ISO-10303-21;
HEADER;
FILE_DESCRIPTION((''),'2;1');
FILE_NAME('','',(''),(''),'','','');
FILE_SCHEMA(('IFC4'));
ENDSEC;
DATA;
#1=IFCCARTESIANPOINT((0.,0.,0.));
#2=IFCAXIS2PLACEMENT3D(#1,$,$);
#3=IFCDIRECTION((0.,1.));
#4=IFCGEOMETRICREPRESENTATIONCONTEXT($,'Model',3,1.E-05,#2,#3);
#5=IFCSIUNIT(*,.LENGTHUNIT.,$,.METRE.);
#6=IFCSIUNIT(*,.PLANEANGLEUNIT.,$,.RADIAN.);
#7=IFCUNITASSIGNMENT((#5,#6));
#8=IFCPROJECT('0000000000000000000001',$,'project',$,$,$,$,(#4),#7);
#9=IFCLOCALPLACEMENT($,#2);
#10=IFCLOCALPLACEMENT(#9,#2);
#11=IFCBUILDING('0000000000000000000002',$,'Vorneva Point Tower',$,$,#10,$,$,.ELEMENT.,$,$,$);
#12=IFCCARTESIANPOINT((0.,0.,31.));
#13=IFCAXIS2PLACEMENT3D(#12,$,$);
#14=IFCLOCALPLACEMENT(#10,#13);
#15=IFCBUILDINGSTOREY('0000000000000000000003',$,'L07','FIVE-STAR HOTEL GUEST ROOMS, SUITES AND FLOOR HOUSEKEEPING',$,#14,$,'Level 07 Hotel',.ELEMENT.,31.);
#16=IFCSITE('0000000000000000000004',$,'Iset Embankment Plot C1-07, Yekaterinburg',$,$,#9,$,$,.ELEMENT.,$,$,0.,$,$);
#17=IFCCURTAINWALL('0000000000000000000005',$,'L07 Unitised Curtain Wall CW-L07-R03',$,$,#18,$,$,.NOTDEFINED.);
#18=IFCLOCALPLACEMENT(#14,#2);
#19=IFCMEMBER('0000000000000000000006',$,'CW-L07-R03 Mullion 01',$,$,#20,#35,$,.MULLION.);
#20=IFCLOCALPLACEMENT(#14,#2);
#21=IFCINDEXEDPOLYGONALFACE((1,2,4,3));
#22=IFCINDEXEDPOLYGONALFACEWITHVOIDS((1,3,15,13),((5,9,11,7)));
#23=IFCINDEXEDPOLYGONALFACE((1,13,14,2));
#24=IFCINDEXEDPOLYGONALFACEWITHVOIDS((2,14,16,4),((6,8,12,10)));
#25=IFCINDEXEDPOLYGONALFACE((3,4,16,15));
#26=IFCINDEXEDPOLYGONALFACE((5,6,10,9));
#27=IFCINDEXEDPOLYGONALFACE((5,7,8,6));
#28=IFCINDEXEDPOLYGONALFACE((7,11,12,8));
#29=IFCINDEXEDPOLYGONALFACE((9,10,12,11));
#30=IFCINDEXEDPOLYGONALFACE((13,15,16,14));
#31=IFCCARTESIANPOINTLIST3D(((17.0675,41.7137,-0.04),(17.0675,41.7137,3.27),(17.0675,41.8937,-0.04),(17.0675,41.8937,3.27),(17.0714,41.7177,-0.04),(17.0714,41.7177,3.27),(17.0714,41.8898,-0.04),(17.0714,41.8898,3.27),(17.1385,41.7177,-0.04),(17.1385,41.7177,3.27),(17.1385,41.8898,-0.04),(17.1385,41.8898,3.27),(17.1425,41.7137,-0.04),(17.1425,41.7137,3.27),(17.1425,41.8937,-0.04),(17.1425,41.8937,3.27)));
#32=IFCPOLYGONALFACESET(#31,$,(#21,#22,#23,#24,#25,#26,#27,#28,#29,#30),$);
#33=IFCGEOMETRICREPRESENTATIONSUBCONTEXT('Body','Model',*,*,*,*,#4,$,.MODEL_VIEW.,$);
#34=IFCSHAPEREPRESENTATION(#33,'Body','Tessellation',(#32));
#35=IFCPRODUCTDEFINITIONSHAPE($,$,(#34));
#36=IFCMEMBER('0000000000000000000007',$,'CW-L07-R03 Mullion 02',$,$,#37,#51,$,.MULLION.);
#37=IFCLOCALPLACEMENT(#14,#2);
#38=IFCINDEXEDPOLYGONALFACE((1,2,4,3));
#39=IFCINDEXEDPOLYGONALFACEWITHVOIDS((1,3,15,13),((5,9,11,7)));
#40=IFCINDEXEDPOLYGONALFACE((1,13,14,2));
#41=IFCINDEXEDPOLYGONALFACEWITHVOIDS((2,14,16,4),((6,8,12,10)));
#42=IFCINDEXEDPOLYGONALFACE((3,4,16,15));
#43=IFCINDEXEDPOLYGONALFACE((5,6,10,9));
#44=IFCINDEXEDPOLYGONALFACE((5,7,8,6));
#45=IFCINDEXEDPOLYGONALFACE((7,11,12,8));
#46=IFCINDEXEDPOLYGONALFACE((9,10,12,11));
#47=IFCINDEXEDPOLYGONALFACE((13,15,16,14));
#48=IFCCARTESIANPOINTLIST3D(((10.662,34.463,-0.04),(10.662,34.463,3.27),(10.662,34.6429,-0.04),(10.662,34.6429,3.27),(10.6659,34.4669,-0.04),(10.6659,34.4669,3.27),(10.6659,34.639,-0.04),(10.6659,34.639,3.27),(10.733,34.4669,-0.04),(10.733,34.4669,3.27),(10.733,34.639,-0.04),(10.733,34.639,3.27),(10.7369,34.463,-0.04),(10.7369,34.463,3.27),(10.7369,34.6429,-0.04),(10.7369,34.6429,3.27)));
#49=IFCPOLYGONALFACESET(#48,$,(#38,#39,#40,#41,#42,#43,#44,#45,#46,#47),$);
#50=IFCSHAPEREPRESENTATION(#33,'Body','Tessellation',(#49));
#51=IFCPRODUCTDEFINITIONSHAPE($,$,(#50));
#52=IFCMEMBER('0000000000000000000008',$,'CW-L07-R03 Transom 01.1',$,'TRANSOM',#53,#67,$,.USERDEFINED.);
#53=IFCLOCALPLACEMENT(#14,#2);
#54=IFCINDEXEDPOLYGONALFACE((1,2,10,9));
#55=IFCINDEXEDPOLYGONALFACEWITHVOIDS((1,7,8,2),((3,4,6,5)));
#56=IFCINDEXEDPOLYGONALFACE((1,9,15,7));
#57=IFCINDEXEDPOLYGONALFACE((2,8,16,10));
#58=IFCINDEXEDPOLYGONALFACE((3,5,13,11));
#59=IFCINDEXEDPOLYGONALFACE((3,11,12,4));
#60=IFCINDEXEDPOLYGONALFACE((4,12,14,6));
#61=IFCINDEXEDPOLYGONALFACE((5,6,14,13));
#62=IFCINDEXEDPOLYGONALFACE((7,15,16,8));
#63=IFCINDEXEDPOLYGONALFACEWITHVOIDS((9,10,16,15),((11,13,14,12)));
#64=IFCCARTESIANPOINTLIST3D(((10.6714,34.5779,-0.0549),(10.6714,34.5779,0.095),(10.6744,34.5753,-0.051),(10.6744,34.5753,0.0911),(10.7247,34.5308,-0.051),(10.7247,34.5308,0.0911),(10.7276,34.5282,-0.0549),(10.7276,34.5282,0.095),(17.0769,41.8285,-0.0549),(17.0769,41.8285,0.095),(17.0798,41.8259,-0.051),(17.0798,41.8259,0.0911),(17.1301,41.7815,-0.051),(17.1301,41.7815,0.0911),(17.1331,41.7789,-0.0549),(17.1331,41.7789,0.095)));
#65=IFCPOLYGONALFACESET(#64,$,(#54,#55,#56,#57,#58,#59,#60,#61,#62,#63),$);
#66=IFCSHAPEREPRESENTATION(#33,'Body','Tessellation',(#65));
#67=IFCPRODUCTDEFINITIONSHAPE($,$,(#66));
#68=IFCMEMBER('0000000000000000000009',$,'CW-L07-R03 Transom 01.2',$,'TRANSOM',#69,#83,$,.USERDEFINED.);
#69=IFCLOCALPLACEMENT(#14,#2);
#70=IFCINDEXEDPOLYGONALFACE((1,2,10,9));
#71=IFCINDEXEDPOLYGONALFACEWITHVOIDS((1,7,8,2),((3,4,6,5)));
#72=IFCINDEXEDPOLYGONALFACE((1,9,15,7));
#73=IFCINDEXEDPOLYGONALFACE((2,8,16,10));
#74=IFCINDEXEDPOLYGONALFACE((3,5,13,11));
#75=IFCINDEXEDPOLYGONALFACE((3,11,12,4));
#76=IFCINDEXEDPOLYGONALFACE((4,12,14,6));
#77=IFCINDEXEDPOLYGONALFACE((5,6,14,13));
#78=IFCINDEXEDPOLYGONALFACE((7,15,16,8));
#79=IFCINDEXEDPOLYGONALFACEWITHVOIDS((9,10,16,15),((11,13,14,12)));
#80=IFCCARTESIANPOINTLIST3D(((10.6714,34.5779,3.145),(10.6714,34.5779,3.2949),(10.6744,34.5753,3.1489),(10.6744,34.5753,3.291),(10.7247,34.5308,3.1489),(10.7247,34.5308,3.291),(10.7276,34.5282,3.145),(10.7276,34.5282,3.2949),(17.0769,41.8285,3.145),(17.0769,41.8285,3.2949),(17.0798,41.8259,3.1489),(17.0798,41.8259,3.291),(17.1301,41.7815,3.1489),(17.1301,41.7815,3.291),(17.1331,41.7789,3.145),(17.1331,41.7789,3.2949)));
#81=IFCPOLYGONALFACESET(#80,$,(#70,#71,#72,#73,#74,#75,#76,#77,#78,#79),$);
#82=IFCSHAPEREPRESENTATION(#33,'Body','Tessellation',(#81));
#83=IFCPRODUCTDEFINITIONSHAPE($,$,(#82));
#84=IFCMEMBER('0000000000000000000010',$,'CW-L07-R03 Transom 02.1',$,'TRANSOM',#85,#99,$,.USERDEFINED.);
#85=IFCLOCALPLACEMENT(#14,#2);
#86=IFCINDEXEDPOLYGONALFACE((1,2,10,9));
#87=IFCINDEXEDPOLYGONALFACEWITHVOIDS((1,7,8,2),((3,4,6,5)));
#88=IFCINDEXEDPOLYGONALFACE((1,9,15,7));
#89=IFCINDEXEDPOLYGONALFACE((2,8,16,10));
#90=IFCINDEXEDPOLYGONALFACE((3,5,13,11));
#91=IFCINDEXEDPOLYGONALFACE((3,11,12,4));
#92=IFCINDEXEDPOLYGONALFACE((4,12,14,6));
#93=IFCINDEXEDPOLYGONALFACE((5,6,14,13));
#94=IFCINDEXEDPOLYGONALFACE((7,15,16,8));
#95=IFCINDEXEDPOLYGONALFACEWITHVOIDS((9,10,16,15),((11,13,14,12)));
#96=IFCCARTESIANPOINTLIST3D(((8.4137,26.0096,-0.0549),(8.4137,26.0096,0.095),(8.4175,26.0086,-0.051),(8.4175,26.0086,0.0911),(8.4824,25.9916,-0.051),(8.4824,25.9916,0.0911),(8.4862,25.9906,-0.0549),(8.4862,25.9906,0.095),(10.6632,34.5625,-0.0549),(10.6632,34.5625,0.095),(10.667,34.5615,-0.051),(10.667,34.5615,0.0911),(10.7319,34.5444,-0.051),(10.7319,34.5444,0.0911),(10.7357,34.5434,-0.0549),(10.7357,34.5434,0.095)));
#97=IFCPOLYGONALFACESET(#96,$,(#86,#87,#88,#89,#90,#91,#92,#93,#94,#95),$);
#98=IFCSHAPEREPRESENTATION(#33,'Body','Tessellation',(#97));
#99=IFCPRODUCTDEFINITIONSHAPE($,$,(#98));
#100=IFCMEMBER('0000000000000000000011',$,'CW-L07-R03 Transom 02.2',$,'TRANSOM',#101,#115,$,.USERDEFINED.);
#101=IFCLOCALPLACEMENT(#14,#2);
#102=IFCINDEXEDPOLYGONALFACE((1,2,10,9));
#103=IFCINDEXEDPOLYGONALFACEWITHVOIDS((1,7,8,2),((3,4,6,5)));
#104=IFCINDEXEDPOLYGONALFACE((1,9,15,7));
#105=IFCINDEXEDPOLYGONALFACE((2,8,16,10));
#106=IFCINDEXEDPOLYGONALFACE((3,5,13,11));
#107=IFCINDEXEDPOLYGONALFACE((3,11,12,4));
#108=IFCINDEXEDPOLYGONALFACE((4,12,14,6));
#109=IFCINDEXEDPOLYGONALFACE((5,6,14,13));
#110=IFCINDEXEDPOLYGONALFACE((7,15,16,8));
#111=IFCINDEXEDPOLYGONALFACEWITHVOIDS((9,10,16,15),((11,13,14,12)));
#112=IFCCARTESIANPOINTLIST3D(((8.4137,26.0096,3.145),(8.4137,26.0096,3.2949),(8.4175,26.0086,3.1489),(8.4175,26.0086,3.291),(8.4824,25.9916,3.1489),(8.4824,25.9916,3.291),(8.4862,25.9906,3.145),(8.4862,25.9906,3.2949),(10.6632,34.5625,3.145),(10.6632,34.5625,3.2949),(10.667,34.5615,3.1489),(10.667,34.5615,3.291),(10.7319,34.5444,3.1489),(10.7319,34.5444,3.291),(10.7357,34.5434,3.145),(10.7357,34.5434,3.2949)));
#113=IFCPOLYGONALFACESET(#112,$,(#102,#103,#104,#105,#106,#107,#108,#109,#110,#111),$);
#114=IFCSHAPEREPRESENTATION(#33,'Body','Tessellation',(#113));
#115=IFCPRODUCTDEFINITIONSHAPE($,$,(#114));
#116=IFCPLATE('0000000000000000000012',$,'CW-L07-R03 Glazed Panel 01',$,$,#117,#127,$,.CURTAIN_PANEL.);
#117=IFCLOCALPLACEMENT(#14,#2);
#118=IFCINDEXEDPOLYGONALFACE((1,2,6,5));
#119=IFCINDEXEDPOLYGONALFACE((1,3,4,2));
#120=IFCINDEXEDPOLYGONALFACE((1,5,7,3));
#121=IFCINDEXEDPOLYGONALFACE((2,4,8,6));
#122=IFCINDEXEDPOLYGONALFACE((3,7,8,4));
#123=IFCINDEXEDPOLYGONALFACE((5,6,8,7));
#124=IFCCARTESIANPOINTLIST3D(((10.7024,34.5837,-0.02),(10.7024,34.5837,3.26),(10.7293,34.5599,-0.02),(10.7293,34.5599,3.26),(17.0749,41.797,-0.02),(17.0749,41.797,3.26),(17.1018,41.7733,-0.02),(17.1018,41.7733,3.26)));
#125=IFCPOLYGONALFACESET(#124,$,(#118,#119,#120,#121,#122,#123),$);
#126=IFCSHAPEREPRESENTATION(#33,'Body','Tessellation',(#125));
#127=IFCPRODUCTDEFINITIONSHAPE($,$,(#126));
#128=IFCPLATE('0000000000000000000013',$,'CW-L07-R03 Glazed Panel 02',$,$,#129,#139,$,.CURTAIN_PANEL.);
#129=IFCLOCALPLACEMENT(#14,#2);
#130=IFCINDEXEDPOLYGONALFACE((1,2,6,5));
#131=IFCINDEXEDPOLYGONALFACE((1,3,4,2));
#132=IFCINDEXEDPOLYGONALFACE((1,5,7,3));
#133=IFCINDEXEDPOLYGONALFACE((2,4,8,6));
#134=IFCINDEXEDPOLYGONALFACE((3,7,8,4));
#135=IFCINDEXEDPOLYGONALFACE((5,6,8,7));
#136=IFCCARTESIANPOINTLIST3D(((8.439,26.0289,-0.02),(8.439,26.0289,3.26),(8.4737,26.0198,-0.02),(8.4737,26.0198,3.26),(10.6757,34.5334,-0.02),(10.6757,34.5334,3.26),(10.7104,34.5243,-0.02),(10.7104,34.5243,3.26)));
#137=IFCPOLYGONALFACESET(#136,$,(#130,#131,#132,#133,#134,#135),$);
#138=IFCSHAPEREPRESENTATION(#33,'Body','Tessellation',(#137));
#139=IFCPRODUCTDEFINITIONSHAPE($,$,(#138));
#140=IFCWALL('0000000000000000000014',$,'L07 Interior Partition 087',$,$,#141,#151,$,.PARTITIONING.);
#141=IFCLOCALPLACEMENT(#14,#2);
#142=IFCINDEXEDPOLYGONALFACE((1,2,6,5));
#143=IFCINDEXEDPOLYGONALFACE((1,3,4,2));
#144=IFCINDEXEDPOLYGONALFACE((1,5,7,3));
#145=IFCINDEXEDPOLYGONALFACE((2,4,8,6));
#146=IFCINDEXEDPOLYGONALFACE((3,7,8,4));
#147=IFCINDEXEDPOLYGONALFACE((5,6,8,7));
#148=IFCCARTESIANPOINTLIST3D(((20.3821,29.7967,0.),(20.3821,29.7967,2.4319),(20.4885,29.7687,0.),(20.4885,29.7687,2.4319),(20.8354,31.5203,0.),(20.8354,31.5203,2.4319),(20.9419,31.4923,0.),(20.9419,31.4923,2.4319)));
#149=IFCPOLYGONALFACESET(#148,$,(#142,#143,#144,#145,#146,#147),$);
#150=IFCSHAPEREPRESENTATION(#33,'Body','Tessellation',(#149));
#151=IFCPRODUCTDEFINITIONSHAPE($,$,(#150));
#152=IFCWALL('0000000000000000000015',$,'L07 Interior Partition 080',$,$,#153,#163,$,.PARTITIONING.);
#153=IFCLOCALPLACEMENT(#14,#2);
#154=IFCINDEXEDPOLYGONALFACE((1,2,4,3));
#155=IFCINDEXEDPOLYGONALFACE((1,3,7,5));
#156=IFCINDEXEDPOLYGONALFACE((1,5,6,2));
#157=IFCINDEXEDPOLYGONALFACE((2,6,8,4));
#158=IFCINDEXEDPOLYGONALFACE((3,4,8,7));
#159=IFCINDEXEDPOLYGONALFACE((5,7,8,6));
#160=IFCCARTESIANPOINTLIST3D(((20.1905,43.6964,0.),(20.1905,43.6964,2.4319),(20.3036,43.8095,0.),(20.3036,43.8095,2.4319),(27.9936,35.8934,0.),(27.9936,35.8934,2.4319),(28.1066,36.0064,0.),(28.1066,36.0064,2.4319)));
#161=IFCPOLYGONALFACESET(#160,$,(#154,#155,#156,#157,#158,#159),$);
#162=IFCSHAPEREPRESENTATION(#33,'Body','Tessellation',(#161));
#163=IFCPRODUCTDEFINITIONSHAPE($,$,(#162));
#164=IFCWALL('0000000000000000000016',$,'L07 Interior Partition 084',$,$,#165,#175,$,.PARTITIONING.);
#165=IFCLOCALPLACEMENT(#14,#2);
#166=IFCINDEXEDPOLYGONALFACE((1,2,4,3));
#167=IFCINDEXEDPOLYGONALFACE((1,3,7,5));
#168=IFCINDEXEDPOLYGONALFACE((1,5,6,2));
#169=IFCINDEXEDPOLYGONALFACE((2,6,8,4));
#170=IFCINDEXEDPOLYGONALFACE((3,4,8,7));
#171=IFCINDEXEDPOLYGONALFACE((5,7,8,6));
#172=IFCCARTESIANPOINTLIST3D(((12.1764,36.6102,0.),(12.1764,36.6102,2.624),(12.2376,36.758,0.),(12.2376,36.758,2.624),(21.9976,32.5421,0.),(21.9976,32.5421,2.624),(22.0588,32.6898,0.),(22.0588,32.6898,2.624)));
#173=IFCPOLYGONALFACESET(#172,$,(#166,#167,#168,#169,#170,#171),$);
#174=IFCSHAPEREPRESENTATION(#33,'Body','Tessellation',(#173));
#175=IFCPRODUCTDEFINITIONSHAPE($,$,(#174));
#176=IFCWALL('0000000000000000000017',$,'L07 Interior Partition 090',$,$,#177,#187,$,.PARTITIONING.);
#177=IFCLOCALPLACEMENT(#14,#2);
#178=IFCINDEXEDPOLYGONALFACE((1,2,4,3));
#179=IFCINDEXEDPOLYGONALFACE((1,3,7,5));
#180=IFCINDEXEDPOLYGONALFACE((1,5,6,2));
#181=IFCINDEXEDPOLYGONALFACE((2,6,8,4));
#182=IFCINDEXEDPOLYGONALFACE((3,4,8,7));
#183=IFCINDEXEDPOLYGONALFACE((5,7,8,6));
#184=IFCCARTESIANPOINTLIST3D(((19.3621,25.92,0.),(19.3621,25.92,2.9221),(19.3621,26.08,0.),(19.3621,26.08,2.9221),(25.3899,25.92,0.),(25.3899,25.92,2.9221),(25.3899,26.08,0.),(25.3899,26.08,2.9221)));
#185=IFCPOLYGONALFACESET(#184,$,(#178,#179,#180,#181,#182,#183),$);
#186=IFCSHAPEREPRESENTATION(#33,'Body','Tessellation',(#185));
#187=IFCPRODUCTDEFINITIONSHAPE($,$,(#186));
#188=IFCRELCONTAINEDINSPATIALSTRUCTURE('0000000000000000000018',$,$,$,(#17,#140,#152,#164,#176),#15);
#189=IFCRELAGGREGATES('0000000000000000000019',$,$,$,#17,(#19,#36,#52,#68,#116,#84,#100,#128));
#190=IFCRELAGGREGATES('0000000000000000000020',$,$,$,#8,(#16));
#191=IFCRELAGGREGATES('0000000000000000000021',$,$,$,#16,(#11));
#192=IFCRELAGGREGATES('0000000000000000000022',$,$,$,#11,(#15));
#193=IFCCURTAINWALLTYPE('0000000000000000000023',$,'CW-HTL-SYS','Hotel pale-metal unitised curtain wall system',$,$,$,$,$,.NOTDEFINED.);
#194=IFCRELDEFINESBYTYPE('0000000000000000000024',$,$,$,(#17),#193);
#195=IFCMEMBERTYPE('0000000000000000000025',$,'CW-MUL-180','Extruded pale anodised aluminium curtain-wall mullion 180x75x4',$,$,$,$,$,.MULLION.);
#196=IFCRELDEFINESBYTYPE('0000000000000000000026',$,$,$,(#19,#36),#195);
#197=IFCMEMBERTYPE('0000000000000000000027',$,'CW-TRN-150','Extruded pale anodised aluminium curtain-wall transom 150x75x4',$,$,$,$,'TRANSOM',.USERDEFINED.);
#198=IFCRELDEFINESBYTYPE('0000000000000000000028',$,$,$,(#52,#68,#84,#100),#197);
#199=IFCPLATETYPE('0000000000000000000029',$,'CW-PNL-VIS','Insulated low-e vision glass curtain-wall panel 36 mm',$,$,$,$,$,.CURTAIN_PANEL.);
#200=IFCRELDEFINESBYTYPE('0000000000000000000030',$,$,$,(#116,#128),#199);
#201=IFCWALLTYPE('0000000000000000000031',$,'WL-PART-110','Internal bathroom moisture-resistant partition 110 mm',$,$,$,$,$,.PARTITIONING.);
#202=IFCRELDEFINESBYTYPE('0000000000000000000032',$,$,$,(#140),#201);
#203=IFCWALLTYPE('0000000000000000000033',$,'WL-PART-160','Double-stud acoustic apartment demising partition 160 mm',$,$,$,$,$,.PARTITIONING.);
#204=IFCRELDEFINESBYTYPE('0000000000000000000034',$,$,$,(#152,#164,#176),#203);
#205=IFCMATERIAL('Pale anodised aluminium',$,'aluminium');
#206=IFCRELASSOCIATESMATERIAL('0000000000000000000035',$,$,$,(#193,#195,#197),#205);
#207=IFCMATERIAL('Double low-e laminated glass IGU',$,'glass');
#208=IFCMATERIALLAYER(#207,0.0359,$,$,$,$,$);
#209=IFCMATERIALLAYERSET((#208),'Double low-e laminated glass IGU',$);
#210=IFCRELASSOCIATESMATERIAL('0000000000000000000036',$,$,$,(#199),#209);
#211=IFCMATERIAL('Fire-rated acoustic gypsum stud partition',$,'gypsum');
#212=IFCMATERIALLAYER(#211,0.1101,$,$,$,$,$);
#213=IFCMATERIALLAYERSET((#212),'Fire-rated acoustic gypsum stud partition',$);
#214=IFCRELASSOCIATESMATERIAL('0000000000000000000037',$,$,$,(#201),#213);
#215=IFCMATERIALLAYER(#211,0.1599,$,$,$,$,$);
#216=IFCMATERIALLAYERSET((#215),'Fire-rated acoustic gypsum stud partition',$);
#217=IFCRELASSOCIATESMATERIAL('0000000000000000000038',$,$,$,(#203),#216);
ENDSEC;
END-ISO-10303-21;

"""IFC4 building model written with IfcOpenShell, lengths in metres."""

from ifc_helpers import new_model, si_unit, direction, frame, frame_2d, origin, origin_2d, place, context, subcontext, project, spatial, rectangle, hollow_rectangle, extrude, material, layer, layer_set, material_profile, profile_set, type_object, element, aggregate, save


model = new_model("IFC4")

# Units and contexts
model_context = context("Model", 3, precision=1e-05, world=origin(), true_north=direction((0.0, 1.0)))
body_context = subcontext(model_context, "Body", "Model", "MODEL_VIEW")
ifc_project = project(units=[si_unit("LENGTHUNIT", "METRE"), si_unit("PLANEANGLEUNIT", "RADIAN")], contexts=[model_context])

# Site, building, storey
site_placement = place(None, origin())
site = spatial("IfcSite", under=ifc_project, at=site_placement, Name="Iset Embankment Plot C1-07, Yekaterinburg", CompositionType="ELEMENT", RefElevation=0.0)
building_placement = place(site_placement, origin())
building = spatial("IfcBuilding", under=site, at=building_placement, Name="Vorneva Point Tower", CompositionType="ELEMENT")
storey_placement = place(building_placement, frame((0.0, 0.0, 31.0)))
storey = spatial("IfcBuildingStorey", under=building, at=storey_placement, Name="L07", Description="FIVE-STAR HOTEL GUEST ROOMS, SUITES AND FLOOR HOUSEKEEPING", LongName="Level 07 Hotel", CompositionType="ELEMENT", Elevation=31.0)

# Curtain wall, members, plates
ifc_material_1 = material(Name="Pale anodised aluminium", Category="aluminium")
curtain_wall_type = type_object("IfcCurtainWallType", Name="CW-HTL-SYS", Description="Hotel pale-metal unitised curtain wall system", PredefinedType="NOTDEFINED", material=ifc_material_1)
curtain_wall_placement = place(storey_placement, origin())
curtain_wall = element("IfcCurtainWall", 1, at=curtain_wall_placement, inside=storey, type_object=curtain_wall_type, Name="L07 Unitised Curtain Wall CW-L07-R03", PredefinedType="NOTDEFINED")
ifc_material_profile_1 = material_profile(ifc_material_1, hollow_rectangle(XDim=0.075, YDim=0.1799, WallThickness=0.0039, at=origin_2d()), Name="AL-MUL 180x75x4")
ifc_profile_set_1 = profile_set([ifc_material_profile_1], Name="Pale anodised aluminium")
member_type_1 = type_object("IfcMemberType", Name="CW-MUL-180", Description="Extruded pale anodised aluminium curtain-wall mullion 180x75x4", PredefinedType="MULLION", material=ifc_profile_set_1)
member_1_placement = place(storey_placement, frame((17.105, 41.8037, -0.04), z_axis=(0.0, 0.0, 1.0), x_axis=(1.0, 0.0, 0.0)))
member_1 = element("IfcMember", 2, at=member_1_placement, type_object=member_type_1, Name="CW-L07-R03 Mullion 01", PredefinedType="MULLION", context=body_context, shape_type="SweptSolid", body=[
    extrude(hollow_rectangle(XDim=0.075, YDim=0.1799, WallThickness=0.0039, at=origin_2d()), origin(), (0.0, 0.0, 1.0), 3.3101),
])
member_2_placement = place(storey_placement, frame((10.6995, 34.553, -0.04), z_axis=(0.0, 0.0, 1.0), x_axis=(1.0, 0.0, 0.0)))
member_2 = element("IfcMember", 3, at=member_2_placement, type_object=member_type_1, Name="CW-L07-R03 Mullion 02", PredefinedType="MULLION", context=body_context, shape_type="SweptSolid", body=[
    extrude(hollow_rectangle(XDim=0.075, YDim=0.1799, WallThickness=0.0039, at=origin_2d()), origin(), (0.0, 0.0, 1.0), 3.3101),
])
ifc_material_profile_2 = material_profile(ifc_material_1, hollow_rectangle(XDim=0.075, YDim=0.1499, WallThickness=0.0039, at=origin_2d()), Name="AL-TRN 150x75x4")
ifc_profile_set_2 = profile_set([ifc_material_profile_2], Name="Pale anodised aluminium")
member_type_2 = type_object("IfcMemberType", Name="CW-TRN-150", Description="Extruded pale anodised aluminium curtain-wall transom 150x75x4", ElementType="TRANSOM", PredefinedType="USERDEFINED", material=ifc_profile_set_2)
member_3_placement = place(storey_placement, frame((17.105, 41.8037, 0.02), z_axis=(-0.662076, -0.749437, 0.0), x_axis=(0.749437, -0.662076, 0.0)))
member_3 = element("IfcMember", 4, at=member_3_placement, type_object=member_type_2, Name="CW-L07-R03 Transom 01.1", ObjectType="TRANSOM", PredefinedType="USERDEFINED", context=body_context, shape_type="SweptSolid", body=[
    extrude(hollow_rectangle(XDim=0.075, YDim=0.1499, WallThickness=0.0039, at=origin_2d()), origin(), (0.0, 0.0, 1.0), 9.6748),
])
member_4_placement = place(storey_placement, frame((17.105, 41.8037, 3.22), z_axis=(-0.662076, -0.749437, 0.0), x_axis=(0.749437, -0.662076, 0.0)))
member_4 = element("IfcMember", 5, at=member_4_placement, type_object=member_type_2, Name="CW-L07-R03 Transom 01.2", ObjectType="TRANSOM", PredefinedType="USERDEFINED", context=body_context, shape_type="SweptSolid", body=[
    extrude(hollow_rectangle(XDim=0.075, YDim=0.1499, WallThickness=0.0039, at=origin_2d()), origin(), (0.0, 0.0, 1.0), 9.6748),
])
member_5_placement = place(storey_placement, frame((10.6995, 34.553, 0.02), z_axis=(-0.254359, -0.96711, 0.0), x_axis=(0.96711, -0.254359, 0.0)))
member_5 = element("IfcMember", 6, at=member_5_placement, type_object=member_type_2, Name="CW-L07-R03 Transom 02.1", ObjectType="TRANSOM", PredefinedType="USERDEFINED", context=body_context, shape_type="SweptSolid", body=[
    extrude(hollow_rectangle(XDim=0.075, YDim=0.1499, WallThickness=0.0039, at=origin_2d()), origin(), (0.0, 0.0, 1.0), 8.8438),
])
member_6_placement = place(storey_placement, frame((10.6995, 34.553, 3.22), z_axis=(-0.254359, -0.96711, 0.0), x_axis=(0.96711, -0.254359, 0.0)))
member_6 = element("IfcMember", 7, at=member_6_placement, type_object=member_type_2, Name="CW-L07-R03 Transom 02.2", ObjectType="TRANSOM", PredefinedType="USERDEFINED", context=body_context, shape_type="SweptSolid", body=[
    extrude(hollow_rectangle(XDim=0.075, YDim=0.1499, WallThickness=0.0039, at=origin_2d()), origin(), (0.0, 0.0, 1.0), 8.8438),
])
ifc_material_2 = material(Name="Double low-e laminated glass IGU", Category="glass")
ifc_layer_1 = layer(ifc_material_2, 0.0359)
ifc_layer_set_1 = layer_set([ifc_layer_1], Name="Double low-e laminated glass IGU")
plate_type = type_object("IfcPlateType", Name="CW-PNL-VIS", Description="Insulated low-e vision glass curtain-wall panel 36 mm", PredefinedType="CURTAIN_PANEL", material=ifc_layer_set_1)
plate_1_placement = place(storey_placement, frame((13.9021, 38.1785, -0.02), z_axis=(0.0, 0.0, 1.0), x_axis=(-0.662071, -0.749441, 0.0)))
plate_1 = element("IfcPlate", 8, at=plate_1_placement, type_object=plate_type, Name="CW-L07-R03 Glazed Panel 01", PredefinedType="CURTAIN_PANEL", context=body_context, shape_type="SweptSolid", body=[
    extrude(rectangle(XDim=9.625, YDim=0.0359, at=origin_2d()), origin(), (0.0, 0.0, 1.0), 3.28),
])
plate_2_placement = place(storey_placement, frame((9.5747, 30.2766, -0.02), z_axis=(0.0, 0.0, 1.0), x_axis=(-0.254349, -0.967113, 0.0)))
plate_2 = element("IfcPlate", 9, at=plate_2_placement, type_object=plate_type, Name="CW-L07-R03 Glazed Panel 02", PredefinedType="CURTAIN_PANEL", context=body_context, shape_type="SweptSolid", body=[
    extrude(rectangle(XDim=8.7937, YDim=0.0359, at=origin_2d()), origin(), (0.0, 0.0, 1.0), 3.28),
])
aggregate(curtain_wall, [member_1, member_2, member_3, member_4, plate_1, member_5, member_6, plate_2])

# Walls
ifc_material_3 = material(Name="Fire-rated acoustic gypsum stud partition", Category="gypsum")
ifc_layer_2 = layer(ifc_material_3, 0.1101)
ifc_layer_set_2 = layer_set([ifc_layer_2], Name="Fire-rated acoustic gypsum stud partition")
wall_type_1 = type_object("IfcWallType", Name="WL-PART-110", Description="Internal bathroom moisture-resistant partition 110 mm", PredefinedType="PARTITIONING", material=ifc_layer_set_2)
wall_1_placement = place(storey_placement, frame((20.4353, 29.7827, 0.0), z_axis=(0.0, 0.0, 1.0), x_axis=(0.254379, 0.967105, 0.0)))
element("IfcWall", 10, at=wall_1_placement, inside=storey, type_object=wall_type_1, Name="L07 Interior Partition 087", PredefinedType="PARTITIONING", context=body_context, shape_type="SweptSolid", body=[
    extrude(rectangle(XDim=1.7822, YDim=0.1101, at=frame_2d((0.8911, 0.0))), origin(), (0.0, 0.0, 1.0), 2.4319),
])
ifc_layer_3 = layer(ifc_material_3, 0.1599)
ifc_layer_set_3 = layer_set([ifc_layer_3], Name="Fire-rated acoustic gypsum stud partition")
wall_type_2 = type_object("IfcWallType", Name="WL-PART-160", Description="Double-stud acoustic apartment demising partition 160 mm", PredefinedType="PARTITIONING", material=ifc_layer_set_3)
wall_2_placement = place(storey_placement, frame((20.2471, 43.7529, 0.0), z_axis=(0.0, 0.0, 1.0), x_axis=(0.707107, -0.707107, 0.0)))
element("IfcWall", 11, at=wall_2_placement, inside=storey, type_object=wall_type_2, Name="L07 Interior Partition 080", PredefinedType="PARTITIONING", context=body_context, shape_type="SweptSolid", body=[
    extrude(rectangle(XDim=11.0352, YDim=0.1599, at=frame_2d((5.5176, 0.0))), origin(), (0.0, 0.0, 1.0), 2.4319),
])
wall_3_placement = place(storey_placement, frame((12.207, 36.6841, 0.0), z_axis=(0.0, 0.0, 1.0), x_axis=(0.923876, -0.382692, 0.0)))
element("IfcWall", 12, at=wall_3_placement, inside=storey, type_object=wall_type_2, Name="L07 Interior Partition 084", PredefinedType="PARTITIONING", context=body_context, shape_type="SweptSolid", body=[
    extrude(rectangle(XDim=10.6304, YDim=0.1599, at=frame_2d((5.3152, 0.0))), origin(), (0.0, 0.0, 1.0), 2.624),
])
wall_4_placement = place(storey_placement, frame((19.3621, 26.0, 0.0), z_axis=(0.0, 0.0, 1.0), x_axis=(1.0, 0.0, 0.0)))
element("IfcWall", 13, at=wall_4_placement, inside=storey, type_object=wall_type_2, Name="L07 Interior Partition 090", PredefinedType="PARTITIONING", context=body_context, shape_type="SweptSolid", body=[
    extrude(rectangle(XDim=6.0278, YDim=0.1599, at=frame_2d((3.0139, 0.0))), origin(), (0.0, 0.0, 1.0), 2.9221),
])

save(model, "model.ifc")
